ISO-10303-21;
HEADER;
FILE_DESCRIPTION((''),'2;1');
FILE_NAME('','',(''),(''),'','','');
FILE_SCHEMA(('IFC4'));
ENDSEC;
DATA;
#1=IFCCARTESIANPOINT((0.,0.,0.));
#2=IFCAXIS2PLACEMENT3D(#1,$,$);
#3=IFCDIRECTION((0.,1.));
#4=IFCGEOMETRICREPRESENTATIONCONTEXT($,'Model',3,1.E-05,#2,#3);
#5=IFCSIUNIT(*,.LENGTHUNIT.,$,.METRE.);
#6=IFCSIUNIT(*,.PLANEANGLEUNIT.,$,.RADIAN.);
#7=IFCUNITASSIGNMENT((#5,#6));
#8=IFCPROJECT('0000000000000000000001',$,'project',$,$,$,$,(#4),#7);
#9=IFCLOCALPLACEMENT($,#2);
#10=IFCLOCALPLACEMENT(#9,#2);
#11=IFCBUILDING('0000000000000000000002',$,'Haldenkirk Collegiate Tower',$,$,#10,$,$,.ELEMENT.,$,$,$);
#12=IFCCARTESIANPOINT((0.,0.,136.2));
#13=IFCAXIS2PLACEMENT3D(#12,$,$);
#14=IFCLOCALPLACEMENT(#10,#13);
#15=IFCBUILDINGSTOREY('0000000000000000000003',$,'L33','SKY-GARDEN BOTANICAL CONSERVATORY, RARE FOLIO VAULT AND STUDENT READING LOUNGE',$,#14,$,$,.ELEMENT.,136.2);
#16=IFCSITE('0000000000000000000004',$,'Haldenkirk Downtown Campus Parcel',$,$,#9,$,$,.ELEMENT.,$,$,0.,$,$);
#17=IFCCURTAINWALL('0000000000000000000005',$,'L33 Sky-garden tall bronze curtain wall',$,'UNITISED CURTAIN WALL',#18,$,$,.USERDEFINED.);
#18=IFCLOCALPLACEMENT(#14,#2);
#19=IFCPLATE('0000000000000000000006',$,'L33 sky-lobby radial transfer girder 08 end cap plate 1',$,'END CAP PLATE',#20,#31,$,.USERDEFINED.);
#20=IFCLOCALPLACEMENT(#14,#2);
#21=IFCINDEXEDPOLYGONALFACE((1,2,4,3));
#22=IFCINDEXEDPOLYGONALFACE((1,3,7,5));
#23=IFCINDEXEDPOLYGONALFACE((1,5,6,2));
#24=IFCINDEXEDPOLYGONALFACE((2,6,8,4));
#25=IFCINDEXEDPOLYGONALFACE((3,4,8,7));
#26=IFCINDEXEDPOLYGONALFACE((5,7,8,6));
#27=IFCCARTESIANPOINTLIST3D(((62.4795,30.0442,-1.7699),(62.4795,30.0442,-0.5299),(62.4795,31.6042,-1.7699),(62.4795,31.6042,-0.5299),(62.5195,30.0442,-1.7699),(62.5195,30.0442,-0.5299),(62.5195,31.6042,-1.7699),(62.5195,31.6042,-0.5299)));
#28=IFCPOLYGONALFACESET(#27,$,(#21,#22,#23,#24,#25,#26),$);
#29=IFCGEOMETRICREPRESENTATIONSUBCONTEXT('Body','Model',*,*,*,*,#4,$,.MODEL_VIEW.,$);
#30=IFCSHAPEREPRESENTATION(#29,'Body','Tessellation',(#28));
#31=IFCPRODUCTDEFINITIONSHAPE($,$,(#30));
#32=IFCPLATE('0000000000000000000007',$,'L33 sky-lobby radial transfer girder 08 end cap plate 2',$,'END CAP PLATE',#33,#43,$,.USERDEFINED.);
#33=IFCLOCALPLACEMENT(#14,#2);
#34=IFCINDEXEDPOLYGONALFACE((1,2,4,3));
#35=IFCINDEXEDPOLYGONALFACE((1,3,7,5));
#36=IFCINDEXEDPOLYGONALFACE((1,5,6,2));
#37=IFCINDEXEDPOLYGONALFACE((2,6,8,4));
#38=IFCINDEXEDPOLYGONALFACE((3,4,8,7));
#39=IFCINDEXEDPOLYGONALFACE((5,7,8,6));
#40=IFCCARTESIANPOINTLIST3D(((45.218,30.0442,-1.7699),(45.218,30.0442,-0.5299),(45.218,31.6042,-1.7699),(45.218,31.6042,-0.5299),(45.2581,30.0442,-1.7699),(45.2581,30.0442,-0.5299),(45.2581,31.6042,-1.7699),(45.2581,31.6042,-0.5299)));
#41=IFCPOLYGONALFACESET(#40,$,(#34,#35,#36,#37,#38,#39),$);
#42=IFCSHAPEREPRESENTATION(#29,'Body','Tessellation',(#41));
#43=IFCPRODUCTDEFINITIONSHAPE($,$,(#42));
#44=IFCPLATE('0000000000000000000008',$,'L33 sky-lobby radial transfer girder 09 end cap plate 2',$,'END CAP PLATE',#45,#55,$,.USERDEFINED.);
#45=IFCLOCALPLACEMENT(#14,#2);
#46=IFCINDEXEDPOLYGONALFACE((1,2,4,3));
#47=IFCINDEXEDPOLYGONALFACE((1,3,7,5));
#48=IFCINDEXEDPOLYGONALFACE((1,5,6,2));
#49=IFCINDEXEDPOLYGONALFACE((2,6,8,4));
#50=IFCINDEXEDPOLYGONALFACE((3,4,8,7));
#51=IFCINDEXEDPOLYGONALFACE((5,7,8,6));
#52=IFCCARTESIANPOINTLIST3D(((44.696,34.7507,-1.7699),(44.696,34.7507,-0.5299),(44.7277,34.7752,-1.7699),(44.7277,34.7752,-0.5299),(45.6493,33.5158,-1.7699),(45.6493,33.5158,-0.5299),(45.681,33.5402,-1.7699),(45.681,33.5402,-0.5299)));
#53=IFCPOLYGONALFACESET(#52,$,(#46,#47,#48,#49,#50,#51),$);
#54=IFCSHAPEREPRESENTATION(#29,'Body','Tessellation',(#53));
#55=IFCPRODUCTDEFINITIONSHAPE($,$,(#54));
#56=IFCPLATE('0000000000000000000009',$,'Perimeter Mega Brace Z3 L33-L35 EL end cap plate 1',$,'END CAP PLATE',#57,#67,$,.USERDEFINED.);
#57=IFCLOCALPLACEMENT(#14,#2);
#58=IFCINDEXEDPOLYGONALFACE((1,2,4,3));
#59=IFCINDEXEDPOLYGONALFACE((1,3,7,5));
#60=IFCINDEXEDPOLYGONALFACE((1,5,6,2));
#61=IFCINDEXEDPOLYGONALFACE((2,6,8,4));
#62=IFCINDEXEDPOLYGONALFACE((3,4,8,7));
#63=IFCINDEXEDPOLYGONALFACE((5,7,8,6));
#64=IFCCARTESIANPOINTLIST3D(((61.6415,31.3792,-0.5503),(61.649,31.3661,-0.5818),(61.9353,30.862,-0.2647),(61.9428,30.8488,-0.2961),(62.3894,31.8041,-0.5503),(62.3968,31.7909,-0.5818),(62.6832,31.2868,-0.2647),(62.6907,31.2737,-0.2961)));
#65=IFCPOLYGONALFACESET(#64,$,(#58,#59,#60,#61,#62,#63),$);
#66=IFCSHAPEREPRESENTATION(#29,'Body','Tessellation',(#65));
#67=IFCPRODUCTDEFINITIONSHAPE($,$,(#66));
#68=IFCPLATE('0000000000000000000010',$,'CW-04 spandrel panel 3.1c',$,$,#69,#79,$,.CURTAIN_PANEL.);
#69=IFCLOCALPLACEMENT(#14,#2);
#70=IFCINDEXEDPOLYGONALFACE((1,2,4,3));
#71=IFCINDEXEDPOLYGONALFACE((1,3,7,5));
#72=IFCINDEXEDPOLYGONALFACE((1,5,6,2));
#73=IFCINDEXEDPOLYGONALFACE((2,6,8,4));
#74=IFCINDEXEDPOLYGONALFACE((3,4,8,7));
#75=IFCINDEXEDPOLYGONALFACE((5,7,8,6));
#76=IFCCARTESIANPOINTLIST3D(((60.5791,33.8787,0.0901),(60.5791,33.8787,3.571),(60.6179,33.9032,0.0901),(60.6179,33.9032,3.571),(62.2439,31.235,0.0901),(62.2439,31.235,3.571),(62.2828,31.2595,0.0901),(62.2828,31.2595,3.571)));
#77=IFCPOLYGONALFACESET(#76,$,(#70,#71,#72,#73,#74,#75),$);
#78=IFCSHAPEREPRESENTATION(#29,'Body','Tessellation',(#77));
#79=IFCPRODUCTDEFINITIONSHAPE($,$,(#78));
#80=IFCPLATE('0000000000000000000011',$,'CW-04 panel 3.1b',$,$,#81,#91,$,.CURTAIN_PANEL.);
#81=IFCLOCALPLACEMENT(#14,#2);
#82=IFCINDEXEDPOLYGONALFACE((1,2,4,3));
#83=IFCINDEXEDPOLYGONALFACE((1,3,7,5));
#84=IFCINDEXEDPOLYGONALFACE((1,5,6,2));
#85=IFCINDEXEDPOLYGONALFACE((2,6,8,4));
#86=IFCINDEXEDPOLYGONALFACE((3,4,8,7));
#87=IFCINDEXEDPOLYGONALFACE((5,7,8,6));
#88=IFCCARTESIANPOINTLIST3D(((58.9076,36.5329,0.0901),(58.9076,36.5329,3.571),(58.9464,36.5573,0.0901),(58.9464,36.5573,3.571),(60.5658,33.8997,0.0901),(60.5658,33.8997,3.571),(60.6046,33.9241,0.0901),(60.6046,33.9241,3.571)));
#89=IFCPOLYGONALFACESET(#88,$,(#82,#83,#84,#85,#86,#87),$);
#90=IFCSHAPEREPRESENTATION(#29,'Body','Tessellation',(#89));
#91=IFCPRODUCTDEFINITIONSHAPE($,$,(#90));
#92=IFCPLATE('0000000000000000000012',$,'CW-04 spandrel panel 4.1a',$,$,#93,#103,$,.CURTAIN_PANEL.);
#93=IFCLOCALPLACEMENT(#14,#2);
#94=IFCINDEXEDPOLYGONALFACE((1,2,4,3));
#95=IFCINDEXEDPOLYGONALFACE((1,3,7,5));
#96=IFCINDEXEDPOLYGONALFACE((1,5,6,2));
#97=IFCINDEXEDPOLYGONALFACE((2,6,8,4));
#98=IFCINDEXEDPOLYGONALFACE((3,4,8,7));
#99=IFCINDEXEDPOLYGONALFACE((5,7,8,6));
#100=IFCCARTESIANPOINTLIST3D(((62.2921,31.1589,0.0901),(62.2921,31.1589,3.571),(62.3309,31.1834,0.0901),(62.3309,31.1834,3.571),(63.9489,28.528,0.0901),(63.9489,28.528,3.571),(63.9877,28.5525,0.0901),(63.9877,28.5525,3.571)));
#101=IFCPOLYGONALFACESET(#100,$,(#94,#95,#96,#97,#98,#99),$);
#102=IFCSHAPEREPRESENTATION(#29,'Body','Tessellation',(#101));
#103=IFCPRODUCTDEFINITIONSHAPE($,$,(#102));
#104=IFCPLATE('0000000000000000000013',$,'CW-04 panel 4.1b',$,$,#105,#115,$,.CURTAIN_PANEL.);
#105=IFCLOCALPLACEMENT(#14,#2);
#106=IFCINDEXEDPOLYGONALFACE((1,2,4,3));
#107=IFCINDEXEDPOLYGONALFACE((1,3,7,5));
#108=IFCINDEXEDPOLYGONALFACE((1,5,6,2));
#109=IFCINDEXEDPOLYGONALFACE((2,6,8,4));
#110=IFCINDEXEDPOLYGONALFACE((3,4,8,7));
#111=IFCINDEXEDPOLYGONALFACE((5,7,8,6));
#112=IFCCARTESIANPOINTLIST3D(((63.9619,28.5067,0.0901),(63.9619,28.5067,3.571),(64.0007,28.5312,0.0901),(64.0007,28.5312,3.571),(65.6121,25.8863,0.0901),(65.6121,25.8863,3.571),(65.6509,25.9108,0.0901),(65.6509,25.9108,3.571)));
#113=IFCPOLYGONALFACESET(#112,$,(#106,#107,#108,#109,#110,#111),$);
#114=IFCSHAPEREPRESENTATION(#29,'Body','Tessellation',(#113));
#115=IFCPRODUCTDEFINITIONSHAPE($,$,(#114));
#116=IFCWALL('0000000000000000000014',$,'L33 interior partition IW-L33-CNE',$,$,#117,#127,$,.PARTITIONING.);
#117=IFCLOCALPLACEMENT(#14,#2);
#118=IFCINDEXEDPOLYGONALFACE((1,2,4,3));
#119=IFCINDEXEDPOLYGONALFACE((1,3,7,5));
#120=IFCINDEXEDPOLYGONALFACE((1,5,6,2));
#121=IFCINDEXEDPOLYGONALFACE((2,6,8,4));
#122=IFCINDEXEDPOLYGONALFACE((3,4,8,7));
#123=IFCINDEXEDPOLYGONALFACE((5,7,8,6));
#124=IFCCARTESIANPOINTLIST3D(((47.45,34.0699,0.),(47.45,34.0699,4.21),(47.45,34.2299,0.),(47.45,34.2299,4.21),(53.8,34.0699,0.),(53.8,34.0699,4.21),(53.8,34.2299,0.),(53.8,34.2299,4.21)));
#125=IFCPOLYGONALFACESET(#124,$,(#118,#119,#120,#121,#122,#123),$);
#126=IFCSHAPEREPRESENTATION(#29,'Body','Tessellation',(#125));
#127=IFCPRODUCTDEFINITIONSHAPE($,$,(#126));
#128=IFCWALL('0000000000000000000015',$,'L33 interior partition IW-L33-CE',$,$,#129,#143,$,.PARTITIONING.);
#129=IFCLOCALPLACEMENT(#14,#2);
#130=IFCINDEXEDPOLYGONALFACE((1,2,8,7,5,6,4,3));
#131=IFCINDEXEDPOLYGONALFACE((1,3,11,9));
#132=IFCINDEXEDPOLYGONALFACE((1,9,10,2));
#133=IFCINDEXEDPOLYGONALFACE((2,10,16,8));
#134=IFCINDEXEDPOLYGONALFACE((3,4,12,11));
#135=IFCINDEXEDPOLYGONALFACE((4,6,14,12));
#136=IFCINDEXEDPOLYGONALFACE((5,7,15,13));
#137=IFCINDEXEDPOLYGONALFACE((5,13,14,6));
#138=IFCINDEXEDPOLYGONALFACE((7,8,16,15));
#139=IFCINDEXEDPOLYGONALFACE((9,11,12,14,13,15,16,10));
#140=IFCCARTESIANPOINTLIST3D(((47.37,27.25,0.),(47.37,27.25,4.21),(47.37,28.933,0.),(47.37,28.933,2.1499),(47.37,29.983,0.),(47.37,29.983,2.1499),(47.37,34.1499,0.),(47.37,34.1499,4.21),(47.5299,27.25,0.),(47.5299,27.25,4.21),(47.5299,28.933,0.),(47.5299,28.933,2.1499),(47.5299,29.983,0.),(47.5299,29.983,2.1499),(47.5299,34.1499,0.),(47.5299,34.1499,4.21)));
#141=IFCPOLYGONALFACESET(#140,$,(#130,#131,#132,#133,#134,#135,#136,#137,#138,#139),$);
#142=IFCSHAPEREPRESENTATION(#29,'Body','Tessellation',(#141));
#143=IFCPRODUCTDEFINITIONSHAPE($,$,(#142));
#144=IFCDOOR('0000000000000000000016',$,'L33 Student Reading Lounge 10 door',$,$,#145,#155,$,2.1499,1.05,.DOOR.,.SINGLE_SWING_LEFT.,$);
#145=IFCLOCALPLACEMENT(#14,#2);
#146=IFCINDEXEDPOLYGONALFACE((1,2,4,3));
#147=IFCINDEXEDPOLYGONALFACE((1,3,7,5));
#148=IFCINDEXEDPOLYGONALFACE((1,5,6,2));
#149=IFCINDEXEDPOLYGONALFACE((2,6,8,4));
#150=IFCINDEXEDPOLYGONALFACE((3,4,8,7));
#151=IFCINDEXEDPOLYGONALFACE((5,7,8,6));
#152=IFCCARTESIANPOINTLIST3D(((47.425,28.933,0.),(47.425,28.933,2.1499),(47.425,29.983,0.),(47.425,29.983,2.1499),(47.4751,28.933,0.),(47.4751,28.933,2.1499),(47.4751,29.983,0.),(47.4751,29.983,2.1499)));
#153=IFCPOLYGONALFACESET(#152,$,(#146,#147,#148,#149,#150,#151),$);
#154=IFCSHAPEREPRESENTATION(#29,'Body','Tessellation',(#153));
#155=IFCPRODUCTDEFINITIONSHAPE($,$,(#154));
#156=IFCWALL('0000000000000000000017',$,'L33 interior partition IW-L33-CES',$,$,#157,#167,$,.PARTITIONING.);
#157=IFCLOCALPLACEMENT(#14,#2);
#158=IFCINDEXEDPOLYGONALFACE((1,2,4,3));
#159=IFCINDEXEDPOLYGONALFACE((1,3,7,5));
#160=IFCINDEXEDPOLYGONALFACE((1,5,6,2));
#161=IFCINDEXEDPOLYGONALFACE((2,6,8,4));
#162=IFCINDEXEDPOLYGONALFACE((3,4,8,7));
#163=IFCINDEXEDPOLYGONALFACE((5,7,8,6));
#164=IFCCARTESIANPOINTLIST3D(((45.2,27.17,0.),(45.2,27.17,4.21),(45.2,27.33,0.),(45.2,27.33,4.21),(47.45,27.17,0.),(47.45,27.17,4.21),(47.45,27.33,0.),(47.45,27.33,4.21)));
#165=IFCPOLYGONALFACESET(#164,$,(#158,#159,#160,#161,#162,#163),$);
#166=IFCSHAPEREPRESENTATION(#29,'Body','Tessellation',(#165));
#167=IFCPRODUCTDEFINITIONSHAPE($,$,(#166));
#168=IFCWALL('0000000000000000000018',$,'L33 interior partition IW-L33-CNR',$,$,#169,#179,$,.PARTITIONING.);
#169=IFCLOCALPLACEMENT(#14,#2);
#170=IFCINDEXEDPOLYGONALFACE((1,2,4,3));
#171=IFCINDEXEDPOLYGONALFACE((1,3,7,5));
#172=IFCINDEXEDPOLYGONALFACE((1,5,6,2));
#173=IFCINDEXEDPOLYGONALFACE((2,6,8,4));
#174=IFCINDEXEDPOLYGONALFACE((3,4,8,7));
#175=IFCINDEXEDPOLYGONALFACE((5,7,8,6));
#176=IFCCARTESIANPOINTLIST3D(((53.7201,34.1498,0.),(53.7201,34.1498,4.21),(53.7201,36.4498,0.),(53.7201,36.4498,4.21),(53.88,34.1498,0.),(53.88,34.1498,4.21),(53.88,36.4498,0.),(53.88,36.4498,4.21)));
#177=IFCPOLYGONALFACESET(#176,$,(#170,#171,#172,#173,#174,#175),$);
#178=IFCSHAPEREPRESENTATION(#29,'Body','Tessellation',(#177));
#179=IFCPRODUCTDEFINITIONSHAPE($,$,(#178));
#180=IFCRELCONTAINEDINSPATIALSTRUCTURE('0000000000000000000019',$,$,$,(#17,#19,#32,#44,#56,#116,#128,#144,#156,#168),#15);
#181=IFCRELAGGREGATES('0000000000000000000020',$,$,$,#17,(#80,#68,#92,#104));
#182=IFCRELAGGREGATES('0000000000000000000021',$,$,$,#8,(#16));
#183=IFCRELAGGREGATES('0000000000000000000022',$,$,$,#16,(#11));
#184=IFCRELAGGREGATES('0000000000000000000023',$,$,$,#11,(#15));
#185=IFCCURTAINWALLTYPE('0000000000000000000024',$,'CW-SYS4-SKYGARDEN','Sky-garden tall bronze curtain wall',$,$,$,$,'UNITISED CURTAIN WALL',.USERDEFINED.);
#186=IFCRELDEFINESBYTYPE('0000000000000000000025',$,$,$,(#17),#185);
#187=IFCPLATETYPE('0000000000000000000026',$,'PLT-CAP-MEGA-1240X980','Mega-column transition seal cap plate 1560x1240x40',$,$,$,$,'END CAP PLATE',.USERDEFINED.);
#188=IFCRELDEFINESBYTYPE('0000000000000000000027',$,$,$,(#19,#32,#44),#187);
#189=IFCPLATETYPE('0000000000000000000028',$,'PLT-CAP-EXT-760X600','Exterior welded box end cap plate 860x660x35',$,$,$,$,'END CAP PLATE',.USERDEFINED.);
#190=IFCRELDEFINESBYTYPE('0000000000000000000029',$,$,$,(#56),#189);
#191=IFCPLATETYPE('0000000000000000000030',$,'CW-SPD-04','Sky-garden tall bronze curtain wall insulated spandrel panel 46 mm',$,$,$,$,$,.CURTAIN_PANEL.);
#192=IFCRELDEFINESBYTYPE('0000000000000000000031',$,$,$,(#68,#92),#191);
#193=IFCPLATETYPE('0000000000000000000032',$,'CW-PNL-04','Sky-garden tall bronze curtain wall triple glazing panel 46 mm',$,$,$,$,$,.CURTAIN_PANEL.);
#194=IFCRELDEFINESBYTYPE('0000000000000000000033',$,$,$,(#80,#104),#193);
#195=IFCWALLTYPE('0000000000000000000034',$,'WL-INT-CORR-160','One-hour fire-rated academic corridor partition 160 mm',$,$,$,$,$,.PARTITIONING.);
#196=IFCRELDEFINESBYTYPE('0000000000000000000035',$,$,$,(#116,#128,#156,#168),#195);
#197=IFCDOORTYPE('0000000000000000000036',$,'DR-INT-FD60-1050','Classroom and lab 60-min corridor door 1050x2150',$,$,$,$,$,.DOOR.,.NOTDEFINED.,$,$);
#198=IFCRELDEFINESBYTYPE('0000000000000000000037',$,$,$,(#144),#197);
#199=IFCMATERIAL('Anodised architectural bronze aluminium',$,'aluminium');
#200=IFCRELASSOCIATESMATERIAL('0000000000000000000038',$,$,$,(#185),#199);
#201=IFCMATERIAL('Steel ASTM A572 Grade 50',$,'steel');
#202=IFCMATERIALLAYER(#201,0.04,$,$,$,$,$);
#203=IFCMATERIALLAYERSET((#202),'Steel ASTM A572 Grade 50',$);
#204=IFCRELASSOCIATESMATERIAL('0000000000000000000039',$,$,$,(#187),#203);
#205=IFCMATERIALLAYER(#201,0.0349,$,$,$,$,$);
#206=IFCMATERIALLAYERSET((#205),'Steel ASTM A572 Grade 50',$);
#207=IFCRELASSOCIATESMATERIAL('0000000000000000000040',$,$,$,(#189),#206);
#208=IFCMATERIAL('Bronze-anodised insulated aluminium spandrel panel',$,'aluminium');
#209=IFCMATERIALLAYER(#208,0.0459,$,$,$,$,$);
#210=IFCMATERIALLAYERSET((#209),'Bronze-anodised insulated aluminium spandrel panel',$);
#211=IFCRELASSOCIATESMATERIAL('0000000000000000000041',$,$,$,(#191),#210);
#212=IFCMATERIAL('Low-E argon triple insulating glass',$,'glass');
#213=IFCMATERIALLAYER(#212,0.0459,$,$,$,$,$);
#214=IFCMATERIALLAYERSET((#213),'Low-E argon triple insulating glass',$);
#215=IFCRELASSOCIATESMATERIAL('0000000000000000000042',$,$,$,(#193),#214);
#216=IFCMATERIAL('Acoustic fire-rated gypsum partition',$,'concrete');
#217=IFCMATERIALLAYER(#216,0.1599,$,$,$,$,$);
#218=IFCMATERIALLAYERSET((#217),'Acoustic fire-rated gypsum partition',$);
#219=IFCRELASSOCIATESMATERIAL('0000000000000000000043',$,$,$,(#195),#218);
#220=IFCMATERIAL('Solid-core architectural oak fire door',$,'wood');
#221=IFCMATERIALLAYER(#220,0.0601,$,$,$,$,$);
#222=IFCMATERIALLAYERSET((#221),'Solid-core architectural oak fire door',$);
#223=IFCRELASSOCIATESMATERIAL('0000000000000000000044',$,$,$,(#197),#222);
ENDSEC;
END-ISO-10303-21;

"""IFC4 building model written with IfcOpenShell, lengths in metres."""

from ifc_helpers import new_model, si_unit, direction, frame, frame_2d, origin, origin_2d, place, context, subcontext, project, spatial, rectangle, extrude, source, transform, mapped, material, layer, layer_set, type_object, element, fill, aggregate, save


model = new_model("IFC4")

# Units and contexts
model_context = context("Model", 3, precision=1e-05, world=origin(), true_north=direction((0.0, 1.0)))
body_context = subcontext(model_context, "Body", "Model", "MODEL_VIEW")
ifc_project = project(units=[si_unit("LENGTHUNIT", "METRE"), si_unit("PLANEANGLEUNIT", "RADIAN")], contexts=[model_context])

# Site, building, storey
site_placement = place(None, origin())
site = spatial("IfcSite", under=ifc_project, at=site_placement, Name="Haldenkirk Downtown Campus Parcel", CompositionType="ELEMENT", RefElevation=0.0)
building_placement = place(site_placement, origin())
building = spatial("IfcBuilding", under=site, at=building_placement, Name="Haldenkirk Collegiate Tower", CompositionType="ELEMENT")
storey_placement = place(building_placement, frame((0.0, 0.0, 136.2)))
storey = spatial("IfcBuildingStorey", under=building, at=storey_placement, Name="L33", Description="SKY-GARDEN BOTANICAL CONSERVATORY, RARE FOLIO VAULT AND STUDENT READING LOUNGE", CompositionType="ELEMENT", Elevation=136.2)

# Shared definitions
ifc_material_1 = material(Name="Steel ASTM A572 Grade 50", Category="steel")

# Curtain wall
ifc_material_2 = material(Name="Anodised architectural bronze aluminium", Category="aluminium")
curtain_wall_type = type_object("IfcCurtainWallType", Name="CW-SYS4-SKYGARDEN", Description="Sky-garden tall bronze curtain wall", ElementType="UNITISED CURTAIN WALL", PredefinedType="USERDEFINED", material=ifc_material_2)
curtain_wall_placement = place(storey_placement, origin())
curtain_wall = element("IfcCurtainWall", 1, at=curtain_wall_placement, inside=storey, type_object=curtain_wall_type, Name="L33 Sky-garden tall bronze curtain wall", ObjectType="UNITISED CURTAIN WALL", PredefinedType="USERDEFINED")

# Plates
ifc_layer_1 = layer(ifc_material_1, 0.04)
ifc_layer_set_1 = layer_set([ifc_layer_1], Name="Steel ASTM A572 Grade 50")
plate_type_1 = type_object("IfcPlateType", Name="PLT-CAP-MEGA-1240X980", Description="Mega-column transition seal cap plate 1560x1240x40", ElementType="END CAP PLATE", PredefinedType="USERDEFINED", material=ifc_layer_set_1)
shared_shape_1 = source(origin(), body_context, "Body", "SweptSolid", [
    extrude(rectangle(XDim=1.5601, YDim=1.24, at=origin_2d()), origin(), (0.0, 0.0, 1.0), 0.04),
])
for number, where, z_axis, x_axis, name in (
    (2, (62.4795, 30.8242, -1.1499), (1.0, 0.0, 0.0), (0.0, 1.0, 0.0), "L33 sky-lobby radial transfer girder 08 end cap plate 1"),
    (3, (45.2581, 30.8242, -1.1499), (-1.0, 0.0, 0.0), (0.0, -1.0, 0.0), "L33 sky-lobby radial transfer girder 08 end cap plate 2"),
    (4, (45.2043, 34.1577, -1.1499), (-0.791606, -0.611032, 0.0), (0.611032, -0.791606, 0.0), "L33 sky-lobby radial transfer girder 09 end cap plate 2"),
):
    element("IfcPlate", number, at=place(storey_placement, frame(where, z_axis=z_axis, x_axis=x_axis)), inside=storey, type_object=plate_type_1, Name=name, ObjectType="END CAP PLATE", PredefinedType="USERDEFINED", context=body_context, shape_type="MappedRepresentation", body=[
        mapped(shared_shape_1, transform((0.0, 0.0, 0.0), x_axis=(1.0, 0.0, 0.0), y_axis=(0.0, 1.0, 0.0), z_axis=(0.0, 0.0, 1.0), scale=1.0)),
    ])
ifc_layer_2 = layer(ifc_material_1, 0.0349)
ifc_layer_set_2 = layer_set([ifc_layer_2], Name="Steel ASTM A572 Grade 50")
plate_type_2 = type_object("IfcPlateType", Name="PLT-CAP-EXT-760X600", Description="Exterior welded box end cap plate 860x660x35", ElementType="END CAP PLATE", PredefinedType="USERDEFINED", material=ifc_layer_set_2)
shared_shape_2 = source(origin(), body_context, "Body", "SweptSolid", [
    extrude(rectangle(XDim=0.8601, YDim=0.6599, at=origin_2d()), origin(), (0.0, 0.0, 1.0), 0.0349),
])
plate_1_placement = place(storey_placement, frame((62.1624, 31.333, -0.4075), z_axis=(0.213793, -0.376348, -0.901474), x_axis=(0.869498, 0.493937, 0.0)))
element("IfcPlate", 5, at=plate_1_placement, inside=storey, type_object=plate_type_2, Name="Perimeter Mega Brace Z3 L33-L35 EL end cap plate 1", ObjectType="END CAP PLATE", PredefinedType="USERDEFINED", context=body_context, shape_type="MappedRepresentation", body=[
    mapped(shared_shape_2, transform((0.0, 0.0, 0.0), x_axis=(1.0, 0.0, 0.0), y_axis=(0.0, 1.0, 0.0), z_axis=(0.0, 0.0, 1.0), scale=1.0)),
])

# Plates
ifc_material_3 = material(Name="Bronze-anodised insulated aluminium spandrel panel", Category="aluminium")
ifc_layer_3 = layer(ifc_material_3, 0.0459)
ifc_layer_set_3 = layer_set([ifc_layer_3], Name="Bronze-anodised insulated aluminium spandrel panel")
plate_type_3 = type_object("IfcPlateType", Name="CW-SPD-04", Description="Sky-garden tall bronze curtain wall insulated spandrel panel 46 mm", PredefinedType="CURTAIN_PANEL", material=ifc_layer_set_3)
shared_shape_3 = source(origin(), body_context, "Body", "SweptSolid", [
    extrude(rectangle(XDim=3.1243, YDim=0.0459, at=origin_2d()), origin(), (0.0, 0.0, 1.0), 3.481),
])
plate_2_placement = place(storey_placement, frame((61.4309, 32.5691, 0.0901), z_axis=(0.0, 0.0, 1.0), x_axis=(0.532877, -0.846193, 0.0)))
plate_2 = element("IfcPlate", 6, at=plate_2_placement, type_object=plate_type_3, Name="CW-04 spandrel panel 3.1c", PredefinedType="CURTAIN_PANEL", context=body_context, shape_type="MappedRepresentation", body=[
    mapped(shared_shape_3, transform((0.0, 0.0, 0.0), x_axis=(1.0, 0.0, 0.0), y_axis=(0.0, 1.0, 0.0), z_axis=(0.0, 0.0, 1.0), scale=1.0)),
])
ifc_material_4 = material(Name="Low-E argon triple insulating glass", Category="glass")
ifc_layer_4 = layer(ifc_material_4, 0.0459)
ifc_layer_set_4 = layer_set([ifc_layer_4], Name="Low-E argon triple insulating glass")
plate_type_4 = type_object("IfcPlateType", Name="CW-PNL-04", Description="Sky-garden tall bronze curtain wall triple glazing panel 46 mm", PredefinedType="CURTAIN_PANEL", material=ifc_layer_set_4)
shared_shape_4 = source(origin(), body_context, "Body", "SweptSolid", [
    extrude(rectangle(XDim=3.1118, YDim=0.0459, at=origin_2d()), origin(), (0.0, 0.0, 1.0), 3.481),
])
plate_3_placement = place(storey_placement, frame((59.7561, 35.2285, 0.0901), z_axis=(0.0, 0.0, 1.0), x_axis=(0.532877, -0.846193, 0.0)))
plate_3 = element("IfcPlate", 7, at=plate_3_placement, type_object=plate_type_4, Name="CW-04 panel 3.1b", PredefinedType="CURTAIN_PANEL", context=body_context, shape_type="MappedRepresentation", body=[
    mapped(shared_shape_4, transform((0.0, 0.0, 0.0), x_axis=(1.0, 0.0, 0.0), y_axis=(0.0, 1.0, 0.0), z_axis=(0.0, 0.0, 1.0), scale=1.0)),
])
shared_shape_5 = source(origin(), body_context, "Body", "SweptSolid", [
    extrude(rectangle(XDim=3.1091, YDim=0.0459, at=origin_2d()), origin(), (0.0, 0.0, 1.0), 3.481),
])
plate_4_placement = place(storey_placement, frame((63.1399, 29.8557, 0.0901), z_axis=(0.0, 0.0, 1.0), x_axis=(0.532877, -0.846193, 0.0)))
plate_4 = element("IfcPlate", 8, at=plate_4_placement, type_object=plate_type_3, Name="CW-04 spandrel panel 4.1a", PredefinedType="CURTAIN_PANEL", context=body_context, shape_type="MappedRepresentation", body=[
    mapped(shared_shape_5, transform((0.0, 0.0, 0.0), x_axis=(1.0, 0.0, 0.0), y_axis=(0.0, 1.0, 0.0), z_axis=(0.0, 0.0, 1.0), scale=1.0)),
])
shared_shape_6 = source(origin(), body_context, "Body", "SweptSolid", [
    extrude(rectangle(XDim=3.0967, YDim=0.0459, at=origin_2d()), origin(), (0.0, 0.0, 1.0), 3.481),
])
plate_5_placement = place(storey_placement, frame((64.8064, 27.2087, 0.0901), z_axis=(0.0, 0.0, 1.0), x_axis=(0.532877, -0.846193, 0.0)))
plate_5 = element("IfcPlate", 9, at=plate_5_placement, type_object=plate_type_4, Name="CW-04 panel 4.1b", PredefinedType="CURTAIN_PANEL", context=body_context, shape_type="MappedRepresentation", body=[
    mapped(shared_shape_6, transform((0.0, 0.0, 0.0), x_axis=(1.0, 0.0, 0.0), y_axis=(0.0, 1.0, 0.0), z_axis=(0.0, 0.0, 1.0), scale=1.0)),
])
aggregate(curtain_wall, [plate_3, plate_2, plate_4, plate_5])

# Wall
ifc_material_5 = material(Name="Acoustic fire-rated gypsum partition", Category="concrete")
ifc_layer_5 = layer(ifc_material_5, 0.1599)
ifc_layer_set_5 = layer_set([ifc_layer_5], Name="Acoustic fire-rated gypsum partition")
wall_type_1 = type_object("IfcWallType", Name="WL-INT-CORR-160", Description="One-hour fire-rated academic corridor partition 160 mm", PredefinedType="PARTITIONING", material=ifc_layer_set_5)
wall_1_placement = place(storey_placement, frame((47.45, 34.1499, 0.0), z_axis=(0.0, 0.0, 1.0), x_axis=(1.0, 0.0, 0.0)))
element("IfcWall", 10, at=wall_1_placement, inside=storey, type_object=wall_type_1, Name="L33 interior partition IW-L33-CNE", PredefinedType="PARTITIONING", context=body_context, shape_type="SweptSolid", body=[
    extrude(rectangle(XDim=6.3501, YDim=0.1599, at=frame_2d((3.175, 0.0))), origin(), (0.0, 0.0, 1.0), 4.21),
])

# Wall, opening, door
wall_2_placement = place(storey_placement, frame((47.45, 27.25, 0.0), z_axis=(0.0, 0.0, 1.0), x_axis=(0.0, 1.0, 0.0)))
wall_2 = element("IfcWall", 11, at=wall_2_placement, inside=storey, type_object=wall_type_1, Name="L33 interior partition IW-L33-CE", PredefinedType="PARTITIONING", context=body_context, shape_type="SweptSolid", body=[
    extrude(rectangle(XDim=6.8999, YDim=0.1599, at=frame_2d((3.45, 0.0))), origin(), (0.0, 0.0, 1.0), 4.21),
])
opening_placement = place(wall_2_placement, frame((1.6831, 0.0, 0.0)))
opening = element("IfcOpeningElement", 12, at=opening_placement, cuts=wall_2, PredefinedType="OPENING", context=body_context, shape_type="SweptSolid", body=[
    extrude(rectangle(XDim=1.05, YDim=2.1499, at=frame_2d((0.5249, 1.075))), frame((0.0, 0.0898, 0.0), z_axis=(0.0, -1.0, 0.0), x_axis=(1.0, 0.0, 0.0)), (0.0, 0.0, 1.0), 0.1799),
])
ifc_material_6 = material(Name="Solid-core architectural oak fire door", Category="wood")
ifc_layer_6 = layer(ifc_material_6, 0.0601)
ifc_layer_set_6 = layer_set([ifc_layer_6], Name="Solid-core architectural oak fire door")
door_type = type_object("IfcDoorType", Name="DR-INT-FD60-1050", Description="Classroom and lab 60-min corridor door 1050x2150", OperationType="NOTDEFINED", PredefinedType="DOOR", material=ifc_layer_set_6)
door_placement = place(opening_placement, origin())
door = element("IfcDoor", 13, at=door_placement, inside=storey, type_object=door_type, Name="L33 Student Reading Lounge 10 door", OperationType="SINGLE_SWING_LEFT", OverallHeight=2.1499, OverallWidth=1.05, PredefinedType="DOOR", context=body_context, shape_type="SweptSolid", body=[
    extrude(rectangle(XDim=1.05, YDim=2.1499, at=frame_2d((0.5249, 1.075))), frame((0.0, 0.0249, 0.0), z_axis=(0.0, -1.0, 0.0), x_axis=(1.0, 0.0, 0.0)), (0.0, 0.0, 1.0), 0.05),
])
fill(opening, door)

# Walls
wall_3_placement = place(storey_placement, frame((45.2, 27.25, 0.0), z_axis=(0.0, 0.0, 1.0), x_axis=(1.0, 0.0, 0.0)))
element("IfcWall", 14, at=wall_3_placement, inside=storey, type_object=wall_type_1, Name="L33 interior partition IW-L33-CES", PredefinedType="PARTITIONING", context=body_context, shape_type="SweptSolid", body=[
    extrude(rectangle(XDim=2.25, YDim=0.1599, at=frame_2d((1.125, 0.0))), origin(), (0.0, 0.0, 1.0), 4.21),
])
wall_4_placement = place(storey_placement, frame((53.8, 34.1499, 0.0), z_axis=(0.0, 0.0, 1.0), x_axis=(0.0, 1.0, 0.0)))
element("IfcWall", 15, at=wall_4_placement, inside=storey, type_object=wall_type_1, Name="L33 interior partition IW-L33-CNR", PredefinedType="PARTITIONING", context=body_context, shape_type="SweptSolid", body=[
    extrude(rectangle(XDim=2.3, YDim=0.1599, at=frame_2d((1.1499, 0.0))), origin(), (0.0, 0.0, 1.0), 4.21),
])

save(model, "model.ifc")
